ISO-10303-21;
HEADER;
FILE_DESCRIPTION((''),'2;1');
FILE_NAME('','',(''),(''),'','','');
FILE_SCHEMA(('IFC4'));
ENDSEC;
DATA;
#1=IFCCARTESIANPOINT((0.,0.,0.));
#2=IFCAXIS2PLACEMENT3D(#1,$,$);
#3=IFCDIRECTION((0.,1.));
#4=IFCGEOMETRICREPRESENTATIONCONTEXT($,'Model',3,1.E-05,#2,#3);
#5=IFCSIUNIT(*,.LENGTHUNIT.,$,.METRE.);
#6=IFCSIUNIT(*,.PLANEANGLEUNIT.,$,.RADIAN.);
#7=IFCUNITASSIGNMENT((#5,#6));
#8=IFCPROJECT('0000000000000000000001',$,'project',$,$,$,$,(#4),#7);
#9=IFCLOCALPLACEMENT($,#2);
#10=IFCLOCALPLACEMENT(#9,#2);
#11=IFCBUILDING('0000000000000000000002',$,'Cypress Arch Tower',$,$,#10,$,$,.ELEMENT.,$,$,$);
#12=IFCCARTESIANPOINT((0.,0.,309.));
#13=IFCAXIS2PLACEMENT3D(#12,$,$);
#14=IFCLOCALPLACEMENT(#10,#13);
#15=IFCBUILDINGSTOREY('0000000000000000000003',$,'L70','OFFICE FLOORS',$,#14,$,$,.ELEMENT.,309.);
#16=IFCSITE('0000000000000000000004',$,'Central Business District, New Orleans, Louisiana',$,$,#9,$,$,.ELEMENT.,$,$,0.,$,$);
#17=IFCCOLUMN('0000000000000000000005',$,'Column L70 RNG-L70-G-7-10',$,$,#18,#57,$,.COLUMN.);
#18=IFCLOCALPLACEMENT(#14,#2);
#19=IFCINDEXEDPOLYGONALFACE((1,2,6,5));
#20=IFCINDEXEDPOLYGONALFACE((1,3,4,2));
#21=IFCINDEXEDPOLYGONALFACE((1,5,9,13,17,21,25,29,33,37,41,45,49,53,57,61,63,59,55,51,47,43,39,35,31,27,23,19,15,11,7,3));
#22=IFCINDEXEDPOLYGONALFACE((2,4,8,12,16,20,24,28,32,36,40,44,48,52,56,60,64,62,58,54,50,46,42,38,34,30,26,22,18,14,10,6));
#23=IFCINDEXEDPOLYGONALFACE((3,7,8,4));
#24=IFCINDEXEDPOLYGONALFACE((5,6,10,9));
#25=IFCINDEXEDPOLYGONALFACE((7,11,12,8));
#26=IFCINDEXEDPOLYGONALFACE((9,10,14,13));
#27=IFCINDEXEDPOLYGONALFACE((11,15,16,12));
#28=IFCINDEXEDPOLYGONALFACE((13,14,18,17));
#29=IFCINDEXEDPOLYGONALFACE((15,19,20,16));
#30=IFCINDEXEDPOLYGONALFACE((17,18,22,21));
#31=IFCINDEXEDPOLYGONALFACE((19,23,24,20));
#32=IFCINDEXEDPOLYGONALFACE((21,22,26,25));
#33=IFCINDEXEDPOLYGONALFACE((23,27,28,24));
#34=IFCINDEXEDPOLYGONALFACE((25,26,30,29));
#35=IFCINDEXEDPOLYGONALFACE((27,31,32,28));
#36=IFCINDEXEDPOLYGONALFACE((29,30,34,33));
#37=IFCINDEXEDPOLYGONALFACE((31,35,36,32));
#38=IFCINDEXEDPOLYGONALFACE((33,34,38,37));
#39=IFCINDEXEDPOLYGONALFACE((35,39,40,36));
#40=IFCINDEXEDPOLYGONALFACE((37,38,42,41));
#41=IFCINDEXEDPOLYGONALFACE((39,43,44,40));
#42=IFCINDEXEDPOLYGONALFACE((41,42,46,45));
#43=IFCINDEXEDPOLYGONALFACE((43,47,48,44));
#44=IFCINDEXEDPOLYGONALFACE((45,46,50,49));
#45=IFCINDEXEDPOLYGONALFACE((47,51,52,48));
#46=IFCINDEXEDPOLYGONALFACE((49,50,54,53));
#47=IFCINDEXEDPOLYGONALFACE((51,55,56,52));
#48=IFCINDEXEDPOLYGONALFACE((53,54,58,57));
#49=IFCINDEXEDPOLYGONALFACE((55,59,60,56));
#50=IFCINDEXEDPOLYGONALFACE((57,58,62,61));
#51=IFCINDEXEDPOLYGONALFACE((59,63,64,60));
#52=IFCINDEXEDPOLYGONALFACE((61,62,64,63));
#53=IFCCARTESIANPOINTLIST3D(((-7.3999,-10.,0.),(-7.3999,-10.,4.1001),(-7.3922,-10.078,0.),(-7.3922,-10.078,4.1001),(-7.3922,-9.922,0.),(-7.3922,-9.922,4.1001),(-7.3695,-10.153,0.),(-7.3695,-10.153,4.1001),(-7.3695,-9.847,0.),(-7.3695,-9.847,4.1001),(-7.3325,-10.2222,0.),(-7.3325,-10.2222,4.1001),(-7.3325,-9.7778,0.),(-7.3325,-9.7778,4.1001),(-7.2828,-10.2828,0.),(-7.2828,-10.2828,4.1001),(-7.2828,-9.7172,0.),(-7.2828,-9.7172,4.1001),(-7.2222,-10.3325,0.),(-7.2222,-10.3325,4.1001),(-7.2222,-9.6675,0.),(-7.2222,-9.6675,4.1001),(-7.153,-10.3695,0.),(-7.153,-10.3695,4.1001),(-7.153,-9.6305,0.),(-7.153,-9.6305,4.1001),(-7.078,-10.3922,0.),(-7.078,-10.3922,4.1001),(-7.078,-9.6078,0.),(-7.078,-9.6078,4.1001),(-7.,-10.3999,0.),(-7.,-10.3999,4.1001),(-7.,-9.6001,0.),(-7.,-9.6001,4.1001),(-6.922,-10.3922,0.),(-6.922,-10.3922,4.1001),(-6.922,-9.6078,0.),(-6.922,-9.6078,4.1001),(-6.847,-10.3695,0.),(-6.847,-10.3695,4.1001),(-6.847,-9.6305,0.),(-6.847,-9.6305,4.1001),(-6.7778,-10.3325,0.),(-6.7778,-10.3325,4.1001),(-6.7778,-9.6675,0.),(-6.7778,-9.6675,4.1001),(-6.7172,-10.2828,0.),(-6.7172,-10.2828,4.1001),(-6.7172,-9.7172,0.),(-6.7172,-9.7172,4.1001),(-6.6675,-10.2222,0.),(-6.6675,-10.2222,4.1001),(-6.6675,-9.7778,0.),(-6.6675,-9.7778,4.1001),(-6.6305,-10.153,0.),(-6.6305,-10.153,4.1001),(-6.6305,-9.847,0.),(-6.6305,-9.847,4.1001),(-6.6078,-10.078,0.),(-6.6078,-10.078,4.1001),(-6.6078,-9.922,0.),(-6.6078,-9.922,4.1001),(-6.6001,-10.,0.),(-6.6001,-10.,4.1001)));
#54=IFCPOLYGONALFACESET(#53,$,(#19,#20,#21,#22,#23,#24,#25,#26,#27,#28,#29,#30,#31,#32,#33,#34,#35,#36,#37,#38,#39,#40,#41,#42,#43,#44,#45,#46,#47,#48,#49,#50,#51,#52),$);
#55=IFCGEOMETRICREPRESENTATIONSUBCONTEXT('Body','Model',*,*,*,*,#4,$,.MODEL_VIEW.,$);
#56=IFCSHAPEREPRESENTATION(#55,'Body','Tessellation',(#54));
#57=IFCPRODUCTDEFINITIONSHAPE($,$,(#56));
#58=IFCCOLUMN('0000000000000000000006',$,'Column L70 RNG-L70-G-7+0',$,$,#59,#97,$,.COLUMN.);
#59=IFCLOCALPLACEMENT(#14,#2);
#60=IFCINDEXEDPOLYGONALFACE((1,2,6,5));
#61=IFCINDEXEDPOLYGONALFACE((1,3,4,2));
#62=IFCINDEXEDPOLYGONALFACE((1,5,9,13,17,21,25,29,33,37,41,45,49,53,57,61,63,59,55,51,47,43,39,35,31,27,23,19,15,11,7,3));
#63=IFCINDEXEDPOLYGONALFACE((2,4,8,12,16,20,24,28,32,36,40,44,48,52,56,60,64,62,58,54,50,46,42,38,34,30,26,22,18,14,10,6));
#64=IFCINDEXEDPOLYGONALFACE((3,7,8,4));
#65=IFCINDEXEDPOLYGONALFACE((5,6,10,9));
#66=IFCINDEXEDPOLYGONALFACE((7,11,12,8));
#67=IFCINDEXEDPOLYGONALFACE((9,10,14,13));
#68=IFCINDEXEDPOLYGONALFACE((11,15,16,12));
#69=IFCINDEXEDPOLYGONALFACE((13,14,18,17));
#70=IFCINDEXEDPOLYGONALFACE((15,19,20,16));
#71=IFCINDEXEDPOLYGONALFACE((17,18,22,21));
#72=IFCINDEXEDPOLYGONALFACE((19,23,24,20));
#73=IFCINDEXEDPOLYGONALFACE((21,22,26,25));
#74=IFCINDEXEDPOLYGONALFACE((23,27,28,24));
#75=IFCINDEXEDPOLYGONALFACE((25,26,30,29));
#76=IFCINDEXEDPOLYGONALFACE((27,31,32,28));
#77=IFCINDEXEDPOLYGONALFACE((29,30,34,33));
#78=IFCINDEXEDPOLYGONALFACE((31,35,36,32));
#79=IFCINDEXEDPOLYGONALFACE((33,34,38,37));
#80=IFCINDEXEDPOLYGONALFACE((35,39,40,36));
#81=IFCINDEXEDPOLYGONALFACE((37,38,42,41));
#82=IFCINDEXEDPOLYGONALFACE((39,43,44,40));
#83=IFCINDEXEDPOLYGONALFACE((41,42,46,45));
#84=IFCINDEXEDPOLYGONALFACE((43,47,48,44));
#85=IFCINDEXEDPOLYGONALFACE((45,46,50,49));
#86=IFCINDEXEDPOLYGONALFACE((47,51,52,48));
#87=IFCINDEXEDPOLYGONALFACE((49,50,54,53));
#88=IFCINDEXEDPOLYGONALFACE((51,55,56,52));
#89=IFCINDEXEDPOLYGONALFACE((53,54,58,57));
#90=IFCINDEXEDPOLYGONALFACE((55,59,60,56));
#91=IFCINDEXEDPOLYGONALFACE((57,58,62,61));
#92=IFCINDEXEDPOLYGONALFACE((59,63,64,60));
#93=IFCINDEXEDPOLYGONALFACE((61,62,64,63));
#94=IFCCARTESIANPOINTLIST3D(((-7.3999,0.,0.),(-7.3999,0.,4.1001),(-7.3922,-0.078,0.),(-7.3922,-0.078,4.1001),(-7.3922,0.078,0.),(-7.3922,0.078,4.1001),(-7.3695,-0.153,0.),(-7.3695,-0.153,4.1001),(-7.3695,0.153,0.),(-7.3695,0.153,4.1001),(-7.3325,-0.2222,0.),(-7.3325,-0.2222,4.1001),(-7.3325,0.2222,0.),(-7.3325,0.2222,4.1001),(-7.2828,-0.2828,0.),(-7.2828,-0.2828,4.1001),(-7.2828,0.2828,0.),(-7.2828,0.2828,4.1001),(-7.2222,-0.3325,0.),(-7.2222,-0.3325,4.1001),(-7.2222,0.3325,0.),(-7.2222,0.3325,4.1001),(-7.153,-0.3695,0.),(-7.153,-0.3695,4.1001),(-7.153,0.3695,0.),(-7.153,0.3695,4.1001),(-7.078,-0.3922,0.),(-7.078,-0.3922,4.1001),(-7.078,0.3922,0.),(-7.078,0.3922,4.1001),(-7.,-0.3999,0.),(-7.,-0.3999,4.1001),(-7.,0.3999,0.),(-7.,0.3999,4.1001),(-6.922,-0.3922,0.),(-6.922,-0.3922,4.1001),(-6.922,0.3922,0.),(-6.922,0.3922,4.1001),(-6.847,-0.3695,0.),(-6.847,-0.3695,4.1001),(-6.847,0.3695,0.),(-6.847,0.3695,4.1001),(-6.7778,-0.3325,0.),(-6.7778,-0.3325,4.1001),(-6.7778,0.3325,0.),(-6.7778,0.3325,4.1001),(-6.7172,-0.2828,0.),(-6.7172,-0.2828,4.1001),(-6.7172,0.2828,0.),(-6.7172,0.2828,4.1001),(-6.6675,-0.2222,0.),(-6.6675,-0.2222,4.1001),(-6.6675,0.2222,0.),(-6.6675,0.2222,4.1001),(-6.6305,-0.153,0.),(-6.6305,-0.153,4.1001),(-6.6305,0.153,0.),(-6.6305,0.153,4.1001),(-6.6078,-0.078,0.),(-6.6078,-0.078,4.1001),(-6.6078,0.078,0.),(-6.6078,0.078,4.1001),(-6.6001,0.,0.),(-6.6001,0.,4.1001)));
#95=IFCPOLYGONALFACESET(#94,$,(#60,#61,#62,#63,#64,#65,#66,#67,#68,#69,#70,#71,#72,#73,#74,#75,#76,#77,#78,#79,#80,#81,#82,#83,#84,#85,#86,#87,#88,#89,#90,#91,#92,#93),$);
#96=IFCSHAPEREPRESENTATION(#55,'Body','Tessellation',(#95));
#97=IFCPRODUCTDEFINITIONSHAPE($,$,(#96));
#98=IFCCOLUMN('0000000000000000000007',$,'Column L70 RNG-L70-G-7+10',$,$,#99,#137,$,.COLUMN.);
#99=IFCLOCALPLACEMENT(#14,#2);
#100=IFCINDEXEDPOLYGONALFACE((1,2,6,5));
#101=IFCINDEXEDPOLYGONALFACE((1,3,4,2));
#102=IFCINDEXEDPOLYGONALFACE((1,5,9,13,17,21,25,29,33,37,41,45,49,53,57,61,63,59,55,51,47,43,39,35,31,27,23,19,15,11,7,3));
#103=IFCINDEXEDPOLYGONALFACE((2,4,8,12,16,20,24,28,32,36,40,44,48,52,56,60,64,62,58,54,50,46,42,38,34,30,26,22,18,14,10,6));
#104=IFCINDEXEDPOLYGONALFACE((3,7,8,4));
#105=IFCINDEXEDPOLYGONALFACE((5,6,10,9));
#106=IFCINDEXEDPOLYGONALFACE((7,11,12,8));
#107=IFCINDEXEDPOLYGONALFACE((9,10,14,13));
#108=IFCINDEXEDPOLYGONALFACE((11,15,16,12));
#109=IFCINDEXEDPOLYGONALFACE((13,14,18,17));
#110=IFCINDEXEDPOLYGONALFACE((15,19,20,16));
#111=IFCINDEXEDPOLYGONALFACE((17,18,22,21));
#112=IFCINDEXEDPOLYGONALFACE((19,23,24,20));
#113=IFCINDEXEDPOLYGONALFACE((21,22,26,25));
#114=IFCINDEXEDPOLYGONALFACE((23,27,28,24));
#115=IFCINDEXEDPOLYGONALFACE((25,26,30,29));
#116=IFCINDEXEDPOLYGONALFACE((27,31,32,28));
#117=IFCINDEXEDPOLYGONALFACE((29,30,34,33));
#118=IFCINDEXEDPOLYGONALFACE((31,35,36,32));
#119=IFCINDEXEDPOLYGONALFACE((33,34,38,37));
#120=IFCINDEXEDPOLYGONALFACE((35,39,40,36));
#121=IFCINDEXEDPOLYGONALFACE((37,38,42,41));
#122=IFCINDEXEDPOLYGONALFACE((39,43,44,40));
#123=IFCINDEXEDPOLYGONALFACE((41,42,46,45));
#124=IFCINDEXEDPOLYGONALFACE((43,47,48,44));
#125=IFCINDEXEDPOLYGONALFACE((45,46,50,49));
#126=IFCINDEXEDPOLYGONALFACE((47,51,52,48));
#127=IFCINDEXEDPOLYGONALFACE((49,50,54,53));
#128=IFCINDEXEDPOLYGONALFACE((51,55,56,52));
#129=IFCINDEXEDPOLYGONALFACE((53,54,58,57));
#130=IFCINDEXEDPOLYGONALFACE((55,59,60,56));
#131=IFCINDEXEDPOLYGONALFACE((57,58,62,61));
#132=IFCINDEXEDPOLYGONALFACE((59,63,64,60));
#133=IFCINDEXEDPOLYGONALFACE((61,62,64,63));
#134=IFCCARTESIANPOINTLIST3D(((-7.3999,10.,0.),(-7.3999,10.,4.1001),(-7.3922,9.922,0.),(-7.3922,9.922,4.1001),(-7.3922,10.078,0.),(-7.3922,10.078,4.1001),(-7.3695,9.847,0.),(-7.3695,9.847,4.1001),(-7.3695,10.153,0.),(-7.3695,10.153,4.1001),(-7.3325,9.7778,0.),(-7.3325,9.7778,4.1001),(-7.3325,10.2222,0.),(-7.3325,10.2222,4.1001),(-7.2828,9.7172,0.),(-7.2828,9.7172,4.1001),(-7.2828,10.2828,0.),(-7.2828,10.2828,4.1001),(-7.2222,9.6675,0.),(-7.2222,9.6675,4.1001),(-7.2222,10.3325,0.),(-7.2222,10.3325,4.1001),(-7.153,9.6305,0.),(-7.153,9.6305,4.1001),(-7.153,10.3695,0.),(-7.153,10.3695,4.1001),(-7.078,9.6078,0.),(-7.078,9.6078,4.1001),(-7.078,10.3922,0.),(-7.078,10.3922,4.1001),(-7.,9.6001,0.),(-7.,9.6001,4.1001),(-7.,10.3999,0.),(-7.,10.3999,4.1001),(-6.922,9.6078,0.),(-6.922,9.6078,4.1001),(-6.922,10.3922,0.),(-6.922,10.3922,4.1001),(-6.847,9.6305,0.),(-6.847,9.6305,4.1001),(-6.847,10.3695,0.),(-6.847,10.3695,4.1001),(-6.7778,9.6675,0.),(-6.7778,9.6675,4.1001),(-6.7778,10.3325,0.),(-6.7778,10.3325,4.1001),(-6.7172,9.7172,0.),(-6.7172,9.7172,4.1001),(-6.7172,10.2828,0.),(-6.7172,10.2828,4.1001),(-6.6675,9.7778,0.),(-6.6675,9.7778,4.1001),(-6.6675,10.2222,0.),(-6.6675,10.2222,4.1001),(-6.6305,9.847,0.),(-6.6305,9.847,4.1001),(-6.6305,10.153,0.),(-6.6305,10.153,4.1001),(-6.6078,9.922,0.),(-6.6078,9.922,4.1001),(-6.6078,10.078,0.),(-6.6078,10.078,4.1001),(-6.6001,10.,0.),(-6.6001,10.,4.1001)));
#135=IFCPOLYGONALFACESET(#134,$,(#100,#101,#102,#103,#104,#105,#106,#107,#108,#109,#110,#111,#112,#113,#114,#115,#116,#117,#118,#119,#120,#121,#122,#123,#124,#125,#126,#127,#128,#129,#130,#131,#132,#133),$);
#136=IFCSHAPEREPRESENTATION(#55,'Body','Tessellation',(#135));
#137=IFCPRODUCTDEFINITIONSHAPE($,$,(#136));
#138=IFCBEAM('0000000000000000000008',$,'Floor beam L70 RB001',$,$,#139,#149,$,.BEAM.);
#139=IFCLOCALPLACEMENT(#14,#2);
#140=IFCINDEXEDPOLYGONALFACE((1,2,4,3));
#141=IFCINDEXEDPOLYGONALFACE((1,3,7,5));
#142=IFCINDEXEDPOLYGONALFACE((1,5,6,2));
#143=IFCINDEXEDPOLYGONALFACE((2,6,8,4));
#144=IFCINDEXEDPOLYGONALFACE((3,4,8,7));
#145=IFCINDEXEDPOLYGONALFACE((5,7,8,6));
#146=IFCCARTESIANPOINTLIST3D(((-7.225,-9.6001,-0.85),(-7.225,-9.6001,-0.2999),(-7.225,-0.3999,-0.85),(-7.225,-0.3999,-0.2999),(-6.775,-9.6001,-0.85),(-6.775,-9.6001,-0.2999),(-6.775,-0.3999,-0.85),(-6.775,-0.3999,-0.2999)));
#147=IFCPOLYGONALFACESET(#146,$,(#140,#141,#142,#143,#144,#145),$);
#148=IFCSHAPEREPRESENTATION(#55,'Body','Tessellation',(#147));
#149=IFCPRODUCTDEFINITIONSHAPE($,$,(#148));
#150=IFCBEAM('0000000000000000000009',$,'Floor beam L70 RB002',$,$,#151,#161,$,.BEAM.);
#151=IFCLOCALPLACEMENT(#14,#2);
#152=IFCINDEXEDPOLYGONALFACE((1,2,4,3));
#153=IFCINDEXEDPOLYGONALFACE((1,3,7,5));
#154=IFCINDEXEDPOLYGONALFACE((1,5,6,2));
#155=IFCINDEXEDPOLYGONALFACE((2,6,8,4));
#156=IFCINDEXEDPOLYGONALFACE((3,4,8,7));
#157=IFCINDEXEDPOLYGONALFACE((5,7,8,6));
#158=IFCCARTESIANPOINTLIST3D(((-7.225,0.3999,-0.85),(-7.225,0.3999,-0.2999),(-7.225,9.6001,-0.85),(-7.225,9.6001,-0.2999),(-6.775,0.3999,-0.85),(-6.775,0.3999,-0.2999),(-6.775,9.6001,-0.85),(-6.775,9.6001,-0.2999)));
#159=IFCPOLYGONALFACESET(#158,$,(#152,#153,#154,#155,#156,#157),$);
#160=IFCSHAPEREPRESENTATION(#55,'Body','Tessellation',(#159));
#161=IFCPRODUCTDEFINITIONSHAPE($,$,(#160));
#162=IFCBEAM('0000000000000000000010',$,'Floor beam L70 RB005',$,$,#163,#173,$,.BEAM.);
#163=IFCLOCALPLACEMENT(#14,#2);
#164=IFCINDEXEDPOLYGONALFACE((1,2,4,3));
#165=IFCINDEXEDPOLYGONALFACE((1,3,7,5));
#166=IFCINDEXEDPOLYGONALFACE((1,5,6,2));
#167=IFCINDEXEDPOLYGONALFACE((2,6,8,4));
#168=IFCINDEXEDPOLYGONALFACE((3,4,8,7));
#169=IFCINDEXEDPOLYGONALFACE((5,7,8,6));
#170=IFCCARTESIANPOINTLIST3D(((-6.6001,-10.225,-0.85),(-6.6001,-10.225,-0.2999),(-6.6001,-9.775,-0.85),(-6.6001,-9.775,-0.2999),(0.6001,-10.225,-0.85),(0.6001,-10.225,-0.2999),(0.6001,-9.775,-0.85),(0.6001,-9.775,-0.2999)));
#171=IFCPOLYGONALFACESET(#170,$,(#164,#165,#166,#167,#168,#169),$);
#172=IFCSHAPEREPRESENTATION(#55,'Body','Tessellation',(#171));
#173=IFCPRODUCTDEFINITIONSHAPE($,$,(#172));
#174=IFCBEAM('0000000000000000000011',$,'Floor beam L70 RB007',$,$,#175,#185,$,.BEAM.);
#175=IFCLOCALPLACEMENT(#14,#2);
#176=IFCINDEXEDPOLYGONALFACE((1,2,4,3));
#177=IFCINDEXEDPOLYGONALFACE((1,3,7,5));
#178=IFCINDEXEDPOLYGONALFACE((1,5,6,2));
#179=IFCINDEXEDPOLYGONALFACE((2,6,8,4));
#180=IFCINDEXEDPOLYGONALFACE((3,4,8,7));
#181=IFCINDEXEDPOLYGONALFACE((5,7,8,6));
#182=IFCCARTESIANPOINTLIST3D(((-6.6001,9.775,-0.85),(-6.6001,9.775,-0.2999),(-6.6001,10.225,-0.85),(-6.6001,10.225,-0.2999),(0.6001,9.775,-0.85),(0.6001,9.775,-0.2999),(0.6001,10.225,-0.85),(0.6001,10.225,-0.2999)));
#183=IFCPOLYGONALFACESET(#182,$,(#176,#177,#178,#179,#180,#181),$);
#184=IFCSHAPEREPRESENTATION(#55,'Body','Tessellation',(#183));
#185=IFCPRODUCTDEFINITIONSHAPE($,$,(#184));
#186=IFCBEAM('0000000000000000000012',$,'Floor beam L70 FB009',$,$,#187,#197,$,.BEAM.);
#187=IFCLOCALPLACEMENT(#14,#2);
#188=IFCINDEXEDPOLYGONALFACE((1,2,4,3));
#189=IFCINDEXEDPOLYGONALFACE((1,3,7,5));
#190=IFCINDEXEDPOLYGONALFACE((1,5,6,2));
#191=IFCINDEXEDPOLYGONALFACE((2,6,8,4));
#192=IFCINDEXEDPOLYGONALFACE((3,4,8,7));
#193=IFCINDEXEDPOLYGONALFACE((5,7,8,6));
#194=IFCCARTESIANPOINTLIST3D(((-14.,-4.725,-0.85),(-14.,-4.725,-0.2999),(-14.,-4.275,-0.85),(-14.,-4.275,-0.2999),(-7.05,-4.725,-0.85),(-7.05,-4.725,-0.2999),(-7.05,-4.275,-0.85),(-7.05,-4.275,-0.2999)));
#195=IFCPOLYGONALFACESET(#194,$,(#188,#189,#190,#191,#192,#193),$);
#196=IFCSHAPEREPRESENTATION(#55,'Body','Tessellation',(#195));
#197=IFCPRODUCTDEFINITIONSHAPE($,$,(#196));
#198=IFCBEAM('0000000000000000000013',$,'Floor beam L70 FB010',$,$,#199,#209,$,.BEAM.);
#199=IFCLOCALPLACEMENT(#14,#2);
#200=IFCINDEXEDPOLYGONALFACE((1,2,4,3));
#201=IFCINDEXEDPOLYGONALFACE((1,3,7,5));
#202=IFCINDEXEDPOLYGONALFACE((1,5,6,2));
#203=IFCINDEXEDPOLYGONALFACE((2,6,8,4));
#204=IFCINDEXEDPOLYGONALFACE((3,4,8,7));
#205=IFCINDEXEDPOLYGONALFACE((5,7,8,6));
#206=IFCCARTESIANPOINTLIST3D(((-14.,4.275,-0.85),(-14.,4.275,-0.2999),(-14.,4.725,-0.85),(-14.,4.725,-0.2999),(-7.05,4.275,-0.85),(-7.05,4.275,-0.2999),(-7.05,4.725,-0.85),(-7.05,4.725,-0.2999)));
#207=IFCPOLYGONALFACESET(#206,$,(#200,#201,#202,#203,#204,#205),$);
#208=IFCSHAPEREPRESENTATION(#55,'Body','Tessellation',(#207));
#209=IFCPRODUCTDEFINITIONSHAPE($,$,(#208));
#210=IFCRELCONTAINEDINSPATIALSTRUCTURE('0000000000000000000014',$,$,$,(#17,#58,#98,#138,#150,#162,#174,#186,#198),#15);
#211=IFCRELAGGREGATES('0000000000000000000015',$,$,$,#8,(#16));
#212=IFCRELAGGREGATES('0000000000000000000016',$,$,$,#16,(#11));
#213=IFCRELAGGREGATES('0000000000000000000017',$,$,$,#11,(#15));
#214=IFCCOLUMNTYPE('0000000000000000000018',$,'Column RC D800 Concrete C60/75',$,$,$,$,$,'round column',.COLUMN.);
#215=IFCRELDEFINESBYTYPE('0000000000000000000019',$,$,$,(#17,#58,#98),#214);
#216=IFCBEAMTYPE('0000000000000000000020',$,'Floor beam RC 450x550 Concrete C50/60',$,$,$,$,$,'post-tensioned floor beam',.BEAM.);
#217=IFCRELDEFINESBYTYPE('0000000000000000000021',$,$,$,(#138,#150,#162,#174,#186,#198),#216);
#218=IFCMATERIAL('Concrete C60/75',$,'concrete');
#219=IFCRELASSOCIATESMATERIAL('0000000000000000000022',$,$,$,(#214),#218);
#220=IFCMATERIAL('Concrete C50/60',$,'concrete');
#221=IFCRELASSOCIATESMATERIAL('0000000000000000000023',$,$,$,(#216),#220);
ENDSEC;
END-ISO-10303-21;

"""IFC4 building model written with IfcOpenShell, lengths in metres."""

from ifc_helpers import new_model, si_unit, direction, frame, origin, origin_2d, place, context, subcontext, project, spatial, rectangle, circle, extrude, material, material_profile, profile_set, type_object, element, save


model = new_model("IFC4")

# Units and contexts
model_context = context("Model", 3, precision=1e-05, world=origin(), true_north=direction((0.0, 1.0)))
body_context = subcontext(model_context, "Body", "Model", "MODEL_VIEW")
ifc_project = project(units=[si_unit("LENGTHUNIT", "METRE"), si_unit("PLANEANGLEUNIT", "RADIAN")], contexts=[model_context])

# Site, building, storey
site_placement = place(None, origin())
site = spatial("IfcSite", under=ifc_project, at=site_placement, Name="Central Business District, New Orleans, Louisiana", CompositionType="ELEMENT", RefElevation=0.0)
building_placement = place(site_placement, origin())
building = spatial("IfcBuilding", under=site, at=building_placement, Name="Cypress Arch Tower", CompositionType="ELEMENT")
storey_placement = place(building_placement, frame((0.0, 0.0, 309.0)))
storey = spatial("IfcBuildingStorey", under=building, at=storey_placement, Name="L70", Description="OFFICE FLOORS", CompositionType="ELEMENT", Elevation=309.0)

# Columns
ifc_material_1 = material(Name="Concrete C60/75", Category="concrete")
ifc_material_profile_1 = material_profile(ifc_material_1, circle(Radius=0.3999, at=origin_2d()), Name="RC D800")
ifc_profile_set_1 = profile_set([ifc_material_profile_1], Name="Concrete C60/75")
column_type = type_object("IfcColumnType", Name="Column RC D800 Concrete C60/75", ElementType="round column", PredefinedType="COLUMN", material=ifc_profile_set_1)
for number, where, z_axis, x_axis, name in (
    (1, (-7.0, -10.0, 0.0), (0.0, 0.0, 1.0), (1.0, 0.0, 0.0), "Column L70 RNG-L70-G-7-10"),
    (2, (-7.0, 0.0, 0.0), (0.0, 0.0, 1.0), (1.0, 0.0, 0.0), "Column L70 RNG-L70-G-7+0"),
    (3, (-7.0, 10.0, 0.0), (0.0, 0.0, 1.0), (1.0, 0.0, 0.0), "Column L70 RNG-L70-G-7+10"),
):
    element("IfcColumn", number, at=place(storey_placement, frame(where, z_axis=z_axis, x_axis=x_axis)), inside=storey, type_object=column_type, Name=name, PredefinedType="COLUMN", context=body_context, shape_type="SweptSolid", body=[
        extrude(circle(Radius=0.3999, at=origin_2d()), origin(), (0.0, 0.0, 1.0), 4.1001),
    ])

# Beams
ifc_material_2 = material(Name="Concrete C50/60", Category="concrete")
ifc_material_profile_2 = material_profile(ifc_material_2, rectangle(XDim=0.45, YDim=0.55, at=origin_2d()), Name="RC 450x550")
ifc_profile_set_2 = profile_set([ifc_material_profile_2], Name="Concrete C50/60")
beam_type = type_object("IfcBeamType", Name="Floor beam RC 450x550 Concrete C50/60", ElementType="post-tensioned floor beam", PredefinedType="BEAM", material=ifc_profile_set_2)
for number, where, z_axis, x_axis, name in (
    (4, (-7.0, -9.6001, -0.575), (0.0, 1.0, 0.0), (-1.0, 0.0, 0.0), "Floor beam L70 RB001"),
    (5, (-7.0, 0.3999, -0.575), (0.0, 1.0, 0.0), (-1.0, 0.0, 0.0), "Floor beam L70 RB002"),
):
    element("IfcBeam", number, at=place(storey_placement, frame(where, z_axis=z_axis, x_axis=x_axis)), inside=storey, type_object=beam_type, Name=name, PredefinedType="BEAM", context=body_context, shape_type="SweptSolid", body=[
        extrude(rectangle(XDim=0.45, YDim=0.55, at=origin_2d()), origin(), (0.0, 0.0, 1.0), 9.2002),
    ])
for number, where, z_axis, x_axis, name in (
    (6, (-6.6001, -10.0, -0.575), (1.0, 0.0, 0.0), (0.0, 1.0, 0.0), "Floor beam L70 RB005"),
    (7, (-6.6001, 10.0, -0.575), (1.0, 0.0, 0.0), (0.0, 1.0, 0.0), "Floor beam L70 RB007"),
):
    element("IfcBeam", number, at=place(storey_placement, frame(where, z_axis=z_axis, x_axis=x_axis)), inside=storey, type_object=beam_type, Name=name, PredefinedType="BEAM", context=body_context, shape_type="SweptSolid", body=[
        extrude(rectangle(XDim=0.45, YDim=0.55, at=origin_2d()), origin(), (0.0, 0.0, 1.0), 7.2002),
    ])
for number, where, z_axis, x_axis, name in (
    (8, (-14.0, -4.5, -0.575), (1.0, 0.0, 0.0), (0.0, 1.0, 0.0), "Floor beam L70 FB009"),
    (9, (-14.0, 4.5, -0.575), (1.0, 0.0, 0.0), (0.0, 1.0, 0.0), "Floor beam L70 FB010"),
):
    element("IfcBeam", number, at=place(storey_placement, frame(where, z_axis=z_axis, x_axis=x_axis)), inside=storey, type_object=beam_type, Name=name, PredefinedType="BEAM", context=body_context, shape_type="SweptSolid", body=[
        extrude(rectangle(XDim=0.45, YDim=0.55, at=origin_2d()), origin(), (0.0, 0.0, 1.0), 6.95),
    ])

save(model, "model.ifc")
